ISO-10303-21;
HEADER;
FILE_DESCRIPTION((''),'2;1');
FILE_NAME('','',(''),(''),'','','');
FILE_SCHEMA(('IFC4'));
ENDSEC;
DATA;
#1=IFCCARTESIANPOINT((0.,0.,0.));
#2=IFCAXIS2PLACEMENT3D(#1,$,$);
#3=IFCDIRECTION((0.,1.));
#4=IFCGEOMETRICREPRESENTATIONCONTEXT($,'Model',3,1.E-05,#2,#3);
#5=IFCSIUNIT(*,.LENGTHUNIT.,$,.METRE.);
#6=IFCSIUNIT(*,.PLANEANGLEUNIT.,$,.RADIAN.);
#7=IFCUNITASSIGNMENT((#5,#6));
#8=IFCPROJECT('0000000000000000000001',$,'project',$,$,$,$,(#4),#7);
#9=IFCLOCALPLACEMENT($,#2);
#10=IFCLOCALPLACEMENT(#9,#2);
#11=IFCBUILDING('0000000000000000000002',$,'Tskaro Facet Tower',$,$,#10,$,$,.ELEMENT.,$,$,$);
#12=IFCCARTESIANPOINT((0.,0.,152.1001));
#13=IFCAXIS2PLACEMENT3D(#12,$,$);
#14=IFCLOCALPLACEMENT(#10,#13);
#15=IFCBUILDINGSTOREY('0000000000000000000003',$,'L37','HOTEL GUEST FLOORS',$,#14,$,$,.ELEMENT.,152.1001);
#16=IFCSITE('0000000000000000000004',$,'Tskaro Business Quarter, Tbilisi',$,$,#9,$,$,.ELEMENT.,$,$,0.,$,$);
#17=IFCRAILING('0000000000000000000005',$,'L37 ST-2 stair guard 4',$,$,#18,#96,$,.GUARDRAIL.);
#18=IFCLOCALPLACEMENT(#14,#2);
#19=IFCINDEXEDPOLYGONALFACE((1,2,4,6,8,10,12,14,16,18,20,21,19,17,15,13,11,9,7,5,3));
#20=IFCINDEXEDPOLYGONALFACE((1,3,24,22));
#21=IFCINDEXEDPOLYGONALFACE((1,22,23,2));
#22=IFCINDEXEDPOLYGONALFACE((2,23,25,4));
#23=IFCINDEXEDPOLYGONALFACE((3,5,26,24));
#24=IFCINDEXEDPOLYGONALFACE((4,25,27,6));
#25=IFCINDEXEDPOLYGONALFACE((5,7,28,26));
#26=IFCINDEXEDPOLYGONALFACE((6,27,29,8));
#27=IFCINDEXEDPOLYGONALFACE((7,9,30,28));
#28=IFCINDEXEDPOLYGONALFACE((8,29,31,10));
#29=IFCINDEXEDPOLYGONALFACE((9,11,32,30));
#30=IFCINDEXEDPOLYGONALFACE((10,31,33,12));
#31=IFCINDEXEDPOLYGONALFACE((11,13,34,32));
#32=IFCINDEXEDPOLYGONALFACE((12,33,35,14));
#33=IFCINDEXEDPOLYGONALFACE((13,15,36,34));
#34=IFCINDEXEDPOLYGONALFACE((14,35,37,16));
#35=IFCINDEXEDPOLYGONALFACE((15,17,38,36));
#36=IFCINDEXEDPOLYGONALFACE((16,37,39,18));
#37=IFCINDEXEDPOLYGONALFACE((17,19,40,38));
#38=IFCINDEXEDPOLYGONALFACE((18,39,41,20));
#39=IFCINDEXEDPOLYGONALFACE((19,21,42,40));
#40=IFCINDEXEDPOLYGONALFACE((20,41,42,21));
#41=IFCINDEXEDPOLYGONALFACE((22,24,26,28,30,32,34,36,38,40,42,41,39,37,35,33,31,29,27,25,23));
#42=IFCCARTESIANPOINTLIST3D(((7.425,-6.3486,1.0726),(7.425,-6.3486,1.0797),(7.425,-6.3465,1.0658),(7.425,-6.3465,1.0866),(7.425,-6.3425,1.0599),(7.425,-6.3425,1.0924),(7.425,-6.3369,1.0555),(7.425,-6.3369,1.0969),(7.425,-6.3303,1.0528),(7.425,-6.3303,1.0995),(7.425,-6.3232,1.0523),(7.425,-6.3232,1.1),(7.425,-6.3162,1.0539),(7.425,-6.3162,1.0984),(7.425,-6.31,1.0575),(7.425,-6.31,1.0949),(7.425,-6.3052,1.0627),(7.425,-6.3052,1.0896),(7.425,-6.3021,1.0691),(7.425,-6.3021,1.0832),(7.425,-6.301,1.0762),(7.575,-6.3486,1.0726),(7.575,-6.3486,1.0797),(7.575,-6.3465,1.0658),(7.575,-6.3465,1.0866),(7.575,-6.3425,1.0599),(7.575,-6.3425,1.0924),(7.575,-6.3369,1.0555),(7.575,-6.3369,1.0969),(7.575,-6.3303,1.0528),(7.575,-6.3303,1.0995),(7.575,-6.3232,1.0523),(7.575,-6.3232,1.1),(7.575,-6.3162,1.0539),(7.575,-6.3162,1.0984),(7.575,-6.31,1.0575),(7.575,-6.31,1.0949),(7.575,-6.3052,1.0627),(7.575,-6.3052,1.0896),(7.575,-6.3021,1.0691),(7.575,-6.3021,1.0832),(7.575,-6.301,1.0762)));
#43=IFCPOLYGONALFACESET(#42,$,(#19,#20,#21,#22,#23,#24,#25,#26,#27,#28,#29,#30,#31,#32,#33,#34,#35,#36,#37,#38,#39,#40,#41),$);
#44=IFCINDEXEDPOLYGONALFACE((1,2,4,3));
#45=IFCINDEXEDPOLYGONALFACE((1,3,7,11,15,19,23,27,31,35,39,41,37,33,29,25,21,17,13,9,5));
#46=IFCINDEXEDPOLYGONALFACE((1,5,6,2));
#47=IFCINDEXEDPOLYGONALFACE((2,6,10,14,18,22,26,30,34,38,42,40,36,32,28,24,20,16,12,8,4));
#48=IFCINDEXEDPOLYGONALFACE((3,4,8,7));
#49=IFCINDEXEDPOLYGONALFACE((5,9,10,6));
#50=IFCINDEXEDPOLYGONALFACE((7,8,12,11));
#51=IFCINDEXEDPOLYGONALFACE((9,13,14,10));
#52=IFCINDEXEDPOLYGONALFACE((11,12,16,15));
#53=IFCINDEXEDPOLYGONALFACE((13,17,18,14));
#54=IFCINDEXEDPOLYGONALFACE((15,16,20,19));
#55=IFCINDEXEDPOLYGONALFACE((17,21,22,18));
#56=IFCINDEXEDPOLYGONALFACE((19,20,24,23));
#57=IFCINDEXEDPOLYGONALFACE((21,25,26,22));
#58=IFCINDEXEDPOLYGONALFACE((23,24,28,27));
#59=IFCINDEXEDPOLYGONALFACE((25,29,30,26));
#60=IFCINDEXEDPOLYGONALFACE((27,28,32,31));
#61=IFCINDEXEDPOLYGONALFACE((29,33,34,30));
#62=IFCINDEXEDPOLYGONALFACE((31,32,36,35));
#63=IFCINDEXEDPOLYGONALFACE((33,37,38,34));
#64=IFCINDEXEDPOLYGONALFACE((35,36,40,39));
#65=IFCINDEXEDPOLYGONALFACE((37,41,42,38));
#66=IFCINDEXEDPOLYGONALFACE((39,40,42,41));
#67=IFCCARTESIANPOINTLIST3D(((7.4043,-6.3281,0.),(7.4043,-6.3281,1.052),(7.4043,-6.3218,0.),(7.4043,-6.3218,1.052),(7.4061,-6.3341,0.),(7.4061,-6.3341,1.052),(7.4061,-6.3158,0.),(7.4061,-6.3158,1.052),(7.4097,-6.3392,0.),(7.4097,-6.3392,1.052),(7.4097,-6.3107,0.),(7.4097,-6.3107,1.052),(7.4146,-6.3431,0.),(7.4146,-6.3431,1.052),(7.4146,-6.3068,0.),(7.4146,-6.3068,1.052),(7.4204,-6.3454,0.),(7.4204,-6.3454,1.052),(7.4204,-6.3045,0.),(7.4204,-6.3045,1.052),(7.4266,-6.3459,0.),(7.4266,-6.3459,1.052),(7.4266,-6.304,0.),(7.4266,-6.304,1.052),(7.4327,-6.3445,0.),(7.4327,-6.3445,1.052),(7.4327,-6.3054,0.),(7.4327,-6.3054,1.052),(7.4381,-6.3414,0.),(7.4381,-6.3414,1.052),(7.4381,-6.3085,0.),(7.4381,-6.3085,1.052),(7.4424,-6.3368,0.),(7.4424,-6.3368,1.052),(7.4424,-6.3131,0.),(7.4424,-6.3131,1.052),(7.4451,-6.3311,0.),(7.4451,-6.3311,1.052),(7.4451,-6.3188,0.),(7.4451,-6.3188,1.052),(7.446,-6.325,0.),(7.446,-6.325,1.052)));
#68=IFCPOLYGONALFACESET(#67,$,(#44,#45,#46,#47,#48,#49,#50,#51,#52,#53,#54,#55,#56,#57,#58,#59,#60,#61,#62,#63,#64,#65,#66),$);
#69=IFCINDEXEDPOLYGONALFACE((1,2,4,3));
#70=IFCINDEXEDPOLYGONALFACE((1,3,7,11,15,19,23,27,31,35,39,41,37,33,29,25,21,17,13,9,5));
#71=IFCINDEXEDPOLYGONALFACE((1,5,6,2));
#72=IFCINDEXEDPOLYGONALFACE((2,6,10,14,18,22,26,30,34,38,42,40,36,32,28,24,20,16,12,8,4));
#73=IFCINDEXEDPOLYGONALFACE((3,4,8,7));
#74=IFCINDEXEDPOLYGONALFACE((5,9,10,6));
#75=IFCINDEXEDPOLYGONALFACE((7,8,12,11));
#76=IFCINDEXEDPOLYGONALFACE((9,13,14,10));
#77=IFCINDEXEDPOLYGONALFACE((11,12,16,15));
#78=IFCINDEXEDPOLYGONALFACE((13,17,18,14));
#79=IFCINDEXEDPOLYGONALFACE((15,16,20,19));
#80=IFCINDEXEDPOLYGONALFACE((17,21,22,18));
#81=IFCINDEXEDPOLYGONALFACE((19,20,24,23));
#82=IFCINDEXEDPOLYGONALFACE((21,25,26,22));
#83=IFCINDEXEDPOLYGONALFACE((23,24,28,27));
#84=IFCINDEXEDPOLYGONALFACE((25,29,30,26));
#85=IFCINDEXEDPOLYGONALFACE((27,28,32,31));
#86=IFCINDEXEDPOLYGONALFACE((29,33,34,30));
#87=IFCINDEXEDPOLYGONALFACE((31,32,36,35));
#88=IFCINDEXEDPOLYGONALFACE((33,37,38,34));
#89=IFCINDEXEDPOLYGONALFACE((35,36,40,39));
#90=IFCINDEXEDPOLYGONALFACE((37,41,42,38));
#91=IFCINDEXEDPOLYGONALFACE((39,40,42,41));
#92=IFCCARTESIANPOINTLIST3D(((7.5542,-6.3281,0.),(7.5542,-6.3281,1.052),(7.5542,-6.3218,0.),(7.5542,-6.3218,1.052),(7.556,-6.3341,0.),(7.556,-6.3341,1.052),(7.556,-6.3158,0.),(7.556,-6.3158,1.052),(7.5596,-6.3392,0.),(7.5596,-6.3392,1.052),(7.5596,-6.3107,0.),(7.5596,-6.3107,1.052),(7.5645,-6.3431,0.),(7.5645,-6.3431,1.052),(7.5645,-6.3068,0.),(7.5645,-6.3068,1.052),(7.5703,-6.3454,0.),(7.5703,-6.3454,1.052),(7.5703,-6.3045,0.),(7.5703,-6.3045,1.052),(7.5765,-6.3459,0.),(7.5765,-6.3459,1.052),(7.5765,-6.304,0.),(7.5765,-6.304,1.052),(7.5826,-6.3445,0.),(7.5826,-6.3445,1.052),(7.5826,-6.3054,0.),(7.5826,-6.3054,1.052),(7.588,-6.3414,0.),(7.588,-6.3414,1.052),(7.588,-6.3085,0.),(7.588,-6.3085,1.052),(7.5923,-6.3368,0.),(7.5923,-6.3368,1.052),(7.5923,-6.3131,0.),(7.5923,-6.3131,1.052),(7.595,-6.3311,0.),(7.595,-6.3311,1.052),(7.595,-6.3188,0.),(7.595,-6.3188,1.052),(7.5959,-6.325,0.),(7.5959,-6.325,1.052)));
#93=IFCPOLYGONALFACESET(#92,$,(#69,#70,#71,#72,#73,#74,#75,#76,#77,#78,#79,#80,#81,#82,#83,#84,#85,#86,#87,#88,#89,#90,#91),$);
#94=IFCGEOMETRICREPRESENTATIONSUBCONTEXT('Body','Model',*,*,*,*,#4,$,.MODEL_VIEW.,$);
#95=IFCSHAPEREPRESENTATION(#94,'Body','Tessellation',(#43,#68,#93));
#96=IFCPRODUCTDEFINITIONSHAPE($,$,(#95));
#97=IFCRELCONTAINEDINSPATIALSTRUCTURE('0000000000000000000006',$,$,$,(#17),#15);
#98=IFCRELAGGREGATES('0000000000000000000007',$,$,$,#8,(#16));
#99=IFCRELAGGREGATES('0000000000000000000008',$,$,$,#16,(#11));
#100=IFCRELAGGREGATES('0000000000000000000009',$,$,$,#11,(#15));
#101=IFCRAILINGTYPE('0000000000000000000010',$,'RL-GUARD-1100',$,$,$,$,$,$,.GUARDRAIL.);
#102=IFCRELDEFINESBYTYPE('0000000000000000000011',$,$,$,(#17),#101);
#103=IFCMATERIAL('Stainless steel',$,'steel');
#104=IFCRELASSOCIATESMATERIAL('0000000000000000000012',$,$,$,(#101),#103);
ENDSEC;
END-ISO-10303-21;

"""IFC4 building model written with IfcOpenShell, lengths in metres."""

from ifc_helpers import new_model, si_unit, direction, frame, origin, origin_2d, place, context, subcontext, project, spatial, circle, extrude, material, type_object, element, save


model = new_model("IFC4")

# Units and contexts
model_context = context("Model", 3, precision=1e-05, world=origin(), true_north=direction((0.0, 1.0)))
body_context = subcontext(model_context, "Body", "Model", "MODEL_VIEW")
ifc_project = project(units=[si_unit("LENGTHUNIT", "METRE"), si_unit("PLANEANGLEUNIT", "RADIAN")], contexts=[model_context])

# Site, building, storey
site_placement = place(None, origin())
site = spatial("IfcSite", under=ifc_project, at=site_placement, Name="Tskaro Business Quarter, Tbilisi", CompositionType="ELEMENT", RefElevation=0.0)
building_placement = place(site_placement, origin())
building = spatial("IfcBuilding", under=site, at=building_placement, Name="Tskaro Facet Tower", CompositionType="ELEMENT")
storey_placement = place(building_placement, frame((0.0, 0.0, 152.1001)))
storey = spatial("IfcBuildingStorey", under=building, at=storey_placement, Name="L37", Description="HOTEL GUEST FLOORS", CompositionType="ELEMENT", Elevation=152.1001)

# Railing
ifc_material_1 = material(Name="Stainless steel", Category="steel")
railing_type_1 = type_object("IfcRailingType", Name="RL-GUARD-1100", PredefinedType="GUARDRAIL", material=ifc_material_1)
railing_1_placement = place(storey_placement, frame((7.425, -6.325, 0.0)))
element("IfcRailing", 1, at=railing_1_placement, inside=storey, type_object=railing_type_1, Name="L37 ST-2 stair guard 4", PredefinedType="GUARDRAIL", context=body_context, shape_type="SweptSolid", body=[
    extrude(circle(Radius=0.0239, at=origin_2d()), frame((0.0, 0.0, 1.0762), z_axis=(1.0, 0.0, 0.0), x_axis=(0.0, 1.0, 0.0)), (0.0, 0.0, 1.0), 0.1499),
    extrude(circle(Radius=0.021, at=origin_2d()), origin(), (0.0, 0.0, 1.0), 1.052),
    extrude(circle(Radius=0.021, at=origin_2d()), frame((0.1499, 0.0, 0.0)), (0.0, 0.0, 1.0), 1.052),
])

save(model, "model.ifc")
